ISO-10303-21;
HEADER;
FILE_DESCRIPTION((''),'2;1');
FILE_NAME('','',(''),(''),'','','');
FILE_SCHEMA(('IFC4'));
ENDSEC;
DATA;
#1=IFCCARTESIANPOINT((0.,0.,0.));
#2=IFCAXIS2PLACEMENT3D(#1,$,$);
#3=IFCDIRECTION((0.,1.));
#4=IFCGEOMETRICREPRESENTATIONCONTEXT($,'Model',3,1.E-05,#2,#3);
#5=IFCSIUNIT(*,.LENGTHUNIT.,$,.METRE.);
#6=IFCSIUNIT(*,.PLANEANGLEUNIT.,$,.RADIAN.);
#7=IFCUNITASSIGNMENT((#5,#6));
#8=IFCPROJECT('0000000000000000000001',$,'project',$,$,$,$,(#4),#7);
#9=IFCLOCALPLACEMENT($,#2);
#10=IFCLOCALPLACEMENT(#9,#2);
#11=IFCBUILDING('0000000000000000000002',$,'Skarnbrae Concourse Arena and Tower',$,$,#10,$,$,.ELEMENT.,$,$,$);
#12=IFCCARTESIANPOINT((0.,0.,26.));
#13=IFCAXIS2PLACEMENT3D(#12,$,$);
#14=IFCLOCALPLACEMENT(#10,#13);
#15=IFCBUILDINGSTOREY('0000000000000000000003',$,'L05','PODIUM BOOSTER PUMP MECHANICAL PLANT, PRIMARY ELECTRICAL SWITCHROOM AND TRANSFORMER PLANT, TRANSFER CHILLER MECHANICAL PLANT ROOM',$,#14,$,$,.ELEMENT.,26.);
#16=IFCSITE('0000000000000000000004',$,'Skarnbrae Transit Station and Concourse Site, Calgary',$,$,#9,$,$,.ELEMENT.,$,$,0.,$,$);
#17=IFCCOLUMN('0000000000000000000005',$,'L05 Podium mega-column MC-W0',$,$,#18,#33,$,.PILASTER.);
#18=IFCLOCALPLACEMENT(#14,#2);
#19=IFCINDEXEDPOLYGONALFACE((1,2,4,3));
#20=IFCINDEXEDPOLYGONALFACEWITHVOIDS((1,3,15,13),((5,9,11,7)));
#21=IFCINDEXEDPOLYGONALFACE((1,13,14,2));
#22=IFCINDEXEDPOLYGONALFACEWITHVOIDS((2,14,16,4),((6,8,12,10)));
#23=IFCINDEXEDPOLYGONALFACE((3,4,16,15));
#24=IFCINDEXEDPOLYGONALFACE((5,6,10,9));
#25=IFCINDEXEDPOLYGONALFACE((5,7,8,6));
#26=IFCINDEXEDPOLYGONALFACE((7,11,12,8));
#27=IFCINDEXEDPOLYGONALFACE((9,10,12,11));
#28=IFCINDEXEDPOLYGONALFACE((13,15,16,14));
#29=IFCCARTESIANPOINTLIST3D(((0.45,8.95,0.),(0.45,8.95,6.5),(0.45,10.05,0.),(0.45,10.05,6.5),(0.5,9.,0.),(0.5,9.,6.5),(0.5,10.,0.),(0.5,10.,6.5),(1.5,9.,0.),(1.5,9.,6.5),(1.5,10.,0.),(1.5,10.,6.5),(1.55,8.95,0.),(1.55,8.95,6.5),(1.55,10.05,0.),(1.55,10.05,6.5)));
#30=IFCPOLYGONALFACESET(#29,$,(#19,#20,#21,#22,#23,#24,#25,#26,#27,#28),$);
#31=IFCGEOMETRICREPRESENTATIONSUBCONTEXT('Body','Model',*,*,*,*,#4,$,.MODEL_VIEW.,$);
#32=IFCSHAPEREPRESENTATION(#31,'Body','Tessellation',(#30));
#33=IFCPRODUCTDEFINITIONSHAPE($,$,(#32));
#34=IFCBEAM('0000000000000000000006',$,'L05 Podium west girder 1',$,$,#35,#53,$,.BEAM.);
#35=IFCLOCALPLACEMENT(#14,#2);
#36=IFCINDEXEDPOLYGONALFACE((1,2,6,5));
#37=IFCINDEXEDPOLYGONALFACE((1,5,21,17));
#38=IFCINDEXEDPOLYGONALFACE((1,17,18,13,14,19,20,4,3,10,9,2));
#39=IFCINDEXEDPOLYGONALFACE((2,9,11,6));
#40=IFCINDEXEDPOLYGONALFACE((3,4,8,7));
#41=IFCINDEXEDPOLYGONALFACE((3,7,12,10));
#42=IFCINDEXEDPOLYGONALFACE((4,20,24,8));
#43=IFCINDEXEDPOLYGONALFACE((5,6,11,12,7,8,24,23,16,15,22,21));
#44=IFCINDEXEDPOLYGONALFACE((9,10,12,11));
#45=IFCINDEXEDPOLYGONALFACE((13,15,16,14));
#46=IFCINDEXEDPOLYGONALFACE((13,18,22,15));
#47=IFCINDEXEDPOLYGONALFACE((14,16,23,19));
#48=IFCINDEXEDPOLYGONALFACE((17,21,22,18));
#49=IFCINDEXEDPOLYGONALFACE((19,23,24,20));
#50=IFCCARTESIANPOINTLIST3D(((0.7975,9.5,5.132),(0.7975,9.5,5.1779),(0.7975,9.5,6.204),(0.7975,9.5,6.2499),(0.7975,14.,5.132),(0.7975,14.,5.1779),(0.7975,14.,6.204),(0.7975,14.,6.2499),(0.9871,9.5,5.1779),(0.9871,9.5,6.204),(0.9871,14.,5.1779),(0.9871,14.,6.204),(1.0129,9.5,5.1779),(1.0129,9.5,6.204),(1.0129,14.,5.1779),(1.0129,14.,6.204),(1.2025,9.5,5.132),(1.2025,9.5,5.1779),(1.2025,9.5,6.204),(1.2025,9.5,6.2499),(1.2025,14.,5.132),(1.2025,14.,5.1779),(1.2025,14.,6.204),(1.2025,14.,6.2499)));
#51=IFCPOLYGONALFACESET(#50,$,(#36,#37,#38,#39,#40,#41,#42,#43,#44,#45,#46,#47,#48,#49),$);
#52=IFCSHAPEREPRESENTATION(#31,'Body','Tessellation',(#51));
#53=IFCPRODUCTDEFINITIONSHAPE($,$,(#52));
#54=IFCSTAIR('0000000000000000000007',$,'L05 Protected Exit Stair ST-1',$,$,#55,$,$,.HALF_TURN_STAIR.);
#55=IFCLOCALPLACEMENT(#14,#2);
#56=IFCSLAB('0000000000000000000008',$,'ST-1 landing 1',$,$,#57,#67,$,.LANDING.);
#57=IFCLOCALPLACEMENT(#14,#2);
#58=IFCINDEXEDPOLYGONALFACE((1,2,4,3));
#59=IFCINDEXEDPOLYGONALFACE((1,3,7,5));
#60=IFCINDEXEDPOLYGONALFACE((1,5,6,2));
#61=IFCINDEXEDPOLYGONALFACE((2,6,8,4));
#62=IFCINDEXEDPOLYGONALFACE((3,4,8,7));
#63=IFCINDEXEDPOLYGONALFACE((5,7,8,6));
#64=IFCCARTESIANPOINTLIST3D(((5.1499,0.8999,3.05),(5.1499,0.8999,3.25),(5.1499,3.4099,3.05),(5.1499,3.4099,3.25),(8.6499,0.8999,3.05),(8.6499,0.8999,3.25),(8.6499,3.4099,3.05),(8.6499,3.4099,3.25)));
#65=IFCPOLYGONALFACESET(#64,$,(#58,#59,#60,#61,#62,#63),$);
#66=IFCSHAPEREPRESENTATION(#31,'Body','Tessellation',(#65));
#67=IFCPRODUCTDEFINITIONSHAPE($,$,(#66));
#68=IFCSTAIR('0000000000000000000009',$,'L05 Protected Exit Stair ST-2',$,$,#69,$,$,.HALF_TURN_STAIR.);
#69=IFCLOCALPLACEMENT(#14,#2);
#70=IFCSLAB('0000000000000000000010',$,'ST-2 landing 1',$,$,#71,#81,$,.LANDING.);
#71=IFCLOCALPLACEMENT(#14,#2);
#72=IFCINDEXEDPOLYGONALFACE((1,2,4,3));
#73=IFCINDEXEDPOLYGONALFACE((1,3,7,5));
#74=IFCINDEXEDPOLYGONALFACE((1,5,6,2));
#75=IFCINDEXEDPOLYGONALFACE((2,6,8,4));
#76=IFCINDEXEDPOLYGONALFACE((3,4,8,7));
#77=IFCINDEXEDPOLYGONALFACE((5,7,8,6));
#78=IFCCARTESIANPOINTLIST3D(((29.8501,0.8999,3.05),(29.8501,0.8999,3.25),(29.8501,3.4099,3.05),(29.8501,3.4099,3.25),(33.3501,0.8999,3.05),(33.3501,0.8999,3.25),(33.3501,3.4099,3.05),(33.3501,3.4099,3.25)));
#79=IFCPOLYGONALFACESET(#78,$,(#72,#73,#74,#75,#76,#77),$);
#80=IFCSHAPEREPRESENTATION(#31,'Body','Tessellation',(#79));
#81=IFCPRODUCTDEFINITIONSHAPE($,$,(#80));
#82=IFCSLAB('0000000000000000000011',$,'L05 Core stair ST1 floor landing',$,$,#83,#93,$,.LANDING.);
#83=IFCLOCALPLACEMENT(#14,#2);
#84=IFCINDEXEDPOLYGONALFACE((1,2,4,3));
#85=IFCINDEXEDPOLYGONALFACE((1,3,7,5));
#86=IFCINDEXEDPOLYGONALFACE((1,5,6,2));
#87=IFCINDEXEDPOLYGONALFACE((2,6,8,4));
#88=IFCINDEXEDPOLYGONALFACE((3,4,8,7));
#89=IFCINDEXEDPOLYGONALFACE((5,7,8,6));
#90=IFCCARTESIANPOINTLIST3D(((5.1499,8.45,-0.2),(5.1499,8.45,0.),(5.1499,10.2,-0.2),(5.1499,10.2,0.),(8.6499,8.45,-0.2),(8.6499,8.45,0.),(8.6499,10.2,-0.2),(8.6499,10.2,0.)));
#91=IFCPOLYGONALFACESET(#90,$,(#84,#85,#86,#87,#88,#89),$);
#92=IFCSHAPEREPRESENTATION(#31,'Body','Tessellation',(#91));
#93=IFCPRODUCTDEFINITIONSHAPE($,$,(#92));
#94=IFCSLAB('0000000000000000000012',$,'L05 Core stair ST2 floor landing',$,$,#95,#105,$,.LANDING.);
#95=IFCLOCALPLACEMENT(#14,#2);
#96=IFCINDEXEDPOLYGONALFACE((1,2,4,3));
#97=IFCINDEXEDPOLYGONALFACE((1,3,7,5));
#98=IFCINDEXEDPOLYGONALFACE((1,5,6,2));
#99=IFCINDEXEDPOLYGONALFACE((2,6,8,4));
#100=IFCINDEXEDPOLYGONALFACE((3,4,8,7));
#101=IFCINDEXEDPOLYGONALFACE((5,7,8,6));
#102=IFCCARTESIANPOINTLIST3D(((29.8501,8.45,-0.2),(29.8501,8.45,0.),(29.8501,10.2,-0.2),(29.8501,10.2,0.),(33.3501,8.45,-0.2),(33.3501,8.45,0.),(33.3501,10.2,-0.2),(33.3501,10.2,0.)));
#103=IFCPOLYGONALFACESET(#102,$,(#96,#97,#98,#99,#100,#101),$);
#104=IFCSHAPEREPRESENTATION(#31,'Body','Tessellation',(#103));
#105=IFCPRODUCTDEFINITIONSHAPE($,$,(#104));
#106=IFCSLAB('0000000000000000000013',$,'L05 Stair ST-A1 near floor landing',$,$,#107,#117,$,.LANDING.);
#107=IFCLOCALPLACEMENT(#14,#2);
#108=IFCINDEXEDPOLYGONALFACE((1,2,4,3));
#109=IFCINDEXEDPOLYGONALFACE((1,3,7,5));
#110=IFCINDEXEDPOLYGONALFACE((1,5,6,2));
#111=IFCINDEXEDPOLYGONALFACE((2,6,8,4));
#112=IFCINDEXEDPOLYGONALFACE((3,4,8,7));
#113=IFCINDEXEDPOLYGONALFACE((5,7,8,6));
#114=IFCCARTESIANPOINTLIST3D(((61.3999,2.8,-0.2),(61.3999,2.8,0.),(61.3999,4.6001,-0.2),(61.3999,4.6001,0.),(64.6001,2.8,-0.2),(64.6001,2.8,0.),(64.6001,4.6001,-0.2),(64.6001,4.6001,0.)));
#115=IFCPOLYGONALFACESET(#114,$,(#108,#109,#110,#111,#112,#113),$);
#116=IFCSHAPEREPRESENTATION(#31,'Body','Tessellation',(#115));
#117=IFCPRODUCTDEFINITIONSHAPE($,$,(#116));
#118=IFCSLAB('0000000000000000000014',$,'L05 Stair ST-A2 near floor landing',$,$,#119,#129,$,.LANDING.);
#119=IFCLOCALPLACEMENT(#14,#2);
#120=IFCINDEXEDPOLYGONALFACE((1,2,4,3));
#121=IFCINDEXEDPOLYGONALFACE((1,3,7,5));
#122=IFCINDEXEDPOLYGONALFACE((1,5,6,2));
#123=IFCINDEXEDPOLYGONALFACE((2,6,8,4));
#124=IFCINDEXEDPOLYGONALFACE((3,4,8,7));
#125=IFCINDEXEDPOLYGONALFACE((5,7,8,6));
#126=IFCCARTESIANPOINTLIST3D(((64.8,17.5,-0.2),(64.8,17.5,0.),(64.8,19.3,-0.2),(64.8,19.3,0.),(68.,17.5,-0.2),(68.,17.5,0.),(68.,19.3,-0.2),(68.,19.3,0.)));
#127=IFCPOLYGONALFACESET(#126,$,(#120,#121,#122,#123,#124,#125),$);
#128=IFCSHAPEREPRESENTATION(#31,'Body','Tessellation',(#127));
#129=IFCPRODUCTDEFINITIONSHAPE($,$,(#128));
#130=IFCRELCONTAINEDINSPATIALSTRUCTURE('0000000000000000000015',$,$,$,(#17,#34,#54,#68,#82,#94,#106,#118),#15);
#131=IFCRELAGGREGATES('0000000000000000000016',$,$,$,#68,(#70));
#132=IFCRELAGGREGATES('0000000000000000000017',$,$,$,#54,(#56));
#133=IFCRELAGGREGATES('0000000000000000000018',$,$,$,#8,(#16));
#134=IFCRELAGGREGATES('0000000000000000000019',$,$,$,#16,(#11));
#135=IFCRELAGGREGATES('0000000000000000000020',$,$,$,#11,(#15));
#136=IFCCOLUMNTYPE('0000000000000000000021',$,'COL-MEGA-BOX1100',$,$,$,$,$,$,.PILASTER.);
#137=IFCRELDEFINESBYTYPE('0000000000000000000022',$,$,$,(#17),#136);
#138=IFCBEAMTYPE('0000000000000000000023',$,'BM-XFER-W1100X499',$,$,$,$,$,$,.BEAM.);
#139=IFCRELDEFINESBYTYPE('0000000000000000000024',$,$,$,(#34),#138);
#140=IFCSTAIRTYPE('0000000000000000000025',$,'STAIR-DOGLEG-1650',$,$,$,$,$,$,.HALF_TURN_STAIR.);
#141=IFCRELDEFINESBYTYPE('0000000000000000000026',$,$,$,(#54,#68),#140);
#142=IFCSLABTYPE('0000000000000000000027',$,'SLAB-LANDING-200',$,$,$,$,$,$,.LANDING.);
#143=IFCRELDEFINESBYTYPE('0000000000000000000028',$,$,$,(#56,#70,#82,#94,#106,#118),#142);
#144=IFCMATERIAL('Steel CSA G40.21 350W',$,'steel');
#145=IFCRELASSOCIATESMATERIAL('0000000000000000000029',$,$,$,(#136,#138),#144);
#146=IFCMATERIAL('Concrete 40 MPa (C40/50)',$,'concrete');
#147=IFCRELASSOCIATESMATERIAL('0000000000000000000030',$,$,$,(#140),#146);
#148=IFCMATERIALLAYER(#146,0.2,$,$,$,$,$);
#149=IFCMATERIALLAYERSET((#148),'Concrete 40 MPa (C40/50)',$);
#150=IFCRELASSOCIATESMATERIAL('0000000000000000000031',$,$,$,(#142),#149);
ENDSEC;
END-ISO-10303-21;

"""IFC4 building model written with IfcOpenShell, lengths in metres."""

from ifc_helpers import new_model, si_unit, direction, frame, origin, origin_2d, place, context, subcontext, project, spatial, polyline, hollow_rectangle, i_section, outline, extrude, source, transform, mapped, material, layer, layer_set, material_profile, profile_set, type_object, element, aggregate, save


model = new_model("IFC4")

# Units and contexts
model_context = context("Model", 3, precision=1e-05, world=origin(), true_north=direction((0.0, 1.0)))
body_context = subcontext(model_context, "Body", "Model", "MODEL_VIEW")
ifc_project = project(units=[si_unit("LENGTHUNIT", "METRE"), si_unit("PLANEANGLEUNIT", "RADIAN")], contexts=[model_context])

# Site, building, storey
site_placement = place(None, origin())
site = spatial("IfcSite", under=ifc_project, at=site_placement, Name="Skarnbrae Transit Station and Concourse Site, Calgary", CompositionType="ELEMENT", RefElevation=0.0)
building_placement = place(site_placement, origin())
building = spatial("IfcBuilding", under=site, at=building_placement, Name="Skarnbrae Concourse Arena and Tower", CompositionType="ELEMENT")
storey_placement = place(building_placement, frame((0.0, 0.0, 26.0)))
storey = spatial("IfcBuildingStorey", under=building, at=storey_placement, Name="L05", Description="PODIUM BOOSTER PUMP MECHANICAL PLANT, PRIMARY ELECTRICAL SWITCHROOM AND TRANSFORMER PLANT, TRANSFER CHILLER MECHANICAL PLANT ROOM", CompositionType="ELEMENT", Elevation=26.0)

# Column
ifc_material_1 = material(Name="Steel CSA G40.21 350W", Category="steel")
ifc_material_profile_1 = material_profile(ifc_material_1, hollow_rectangle(XDim=1.1001, YDim=1.1001, WallThickness=0.05, at=origin_2d()), Name="BOX1100X1100X50")
ifc_profile_set_1 = profile_set([ifc_material_profile_1], Name="Steel CSA G40.21 350W")
column_type = type_object("IfcColumnType", Name="COL-MEGA-BOX1100", PredefinedType="PILASTER", material=ifc_profile_set_1)
shared_shape_1 = source(origin(), body_context, "Body", "SweptSolid", [
    extrude(hollow_rectangle(XDim=1.1001, YDim=1.1001, WallThickness=0.05, at=origin_2d()), origin(), (0.0, 0.0, 1.0), 6.5),
])
column_placement = place(storey_placement, frame((1.0, 9.5, 0.0), z_axis=(0.0, 0.0, 1.0), x_axis=(1.0, 0.0, 0.0)))
element("IfcColumn", 1, at=column_placement, inside=storey, type_object=column_type, Name="L05 Podium mega-column MC-W0", PredefinedType="PILASTER", context=body_context, shape_type="MappedRepresentation", body=[
    mapped(shared_shape_1, transform((0.0, 0.0, 0.0))),
])

# Beam
ifc_material_profile_2 = material_profile(ifc_material_1, i_section(OverallWidth=0.405, OverallDepth=1.1179, WebThickness=0.0259, FlangeThickness=0.0459, at=origin_2d()), Name="W1100X499")
ifc_profile_set_2 = profile_set([ifc_material_profile_2], Name="Steel CSA G40.21 350W")
beam_type = type_object("IfcBeamType", Name="BM-XFER-W1100X499", PredefinedType="BEAM", material=ifc_profile_set_2)
shared_shape_2 = source(origin(), body_context, "Body", "SweptSolid", [
    extrude(i_section(OverallWidth=0.405, OverallDepth=1.1179, WebThickness=0.0259, FlangeThickness=0.0459, at=origin_2d()), origin(), (0.0, 0.0, 1.0), 4.5),
])
beam_placement = place(storey_placement, frame((1.0, 9.5, 5.6909), z_axis=(0.0, 1.0, 0.0), x_axis=(-1.0, 0.0, 0.0)))
element("IfcBeam", 2, at=beam_placement, inside=storey, type_object=beam_type, Name="L05 Podium west girder 1", PredefinedType="BEAM", context=body_context, shape_type="MappedRepresentation", body=[
    mapped(shared_shape_2, transform((0.0, 0.0, 0.0))),
])

# Stairs, slabs
ifc_material_2 = material(Name="Concrete 40 MPa (C40/50)", Category="concrete")
stair_type = type_object("IfcStairType", Name="STAIR-DOGLEG-1650", PredefinedType="HALF_TURN_STAIR", material=ifc_material_2)
stair_1_placement = place(storey_placement, origin())
stair_1 = element("IfcStair", 3, at=stair_1_placement, inside=storey, type_object=stair_type, Name="L05 Protected Exit Stair ST-1", PredefinedType="HALF_TURN_STAIR")
ifc_layer_1 = layer(ifc_material_2, 0.2)
ifc_layer_set_1 = layer_set([ifc_layer_1], Name="Concrete 40 MPa (C40/50)")
slab_type_1 = type_object("IfcSlabType", Name="SLAB-LANDING-200", PredefinedType="LANDING", material=ifc_layer_set_1)
slab_1_placement = place(storey_placement, frame((0.0, 0.0, 3.05)))
slab_1 = element("IfcSlab", 4, at=slab_1_placement, type_object=slab_type_1, Name="ST-1 landing 1", PredefinedType="LANDING", context=body_context, shape_type="SweptSolid", body=[
    extrude(outline(polyline([(5.1499, 3.4099), (5.1499, 0.8999), (8.6499, 0.8999), (8.6499, 3.4099), (5.1499, 3.4099)])), origin(), (0.0, 0.0, 1.0), 0.2),
])
stair_2_placement = place(storey_placement, origin())
stair_2 = element("IfcStair", 5, at=stair_2_placement, inside=storey, type_object=stair_type, Name="L05 Protected Exit Stair ST-2", PredefinedType="HALF_TURN_STAIR")
slab_2_placement = place(storey_placement, frame((0.0, 0.0, 3.05)))
slab_2 = element("IfcSlab", 6, at=slab_2_placement, type_object=slab_type_1, Name="ST-2 landing 1", PredefinedType="LANDING", context=body_context, shape_type="SweptSolid", body=[
    extrude(outline(polyline([(29.8501, 3.4099), (29.8501, 0.8999), (33.3501, 0.8999), (33.3501, 3.4099), (29.8501, 3.4099)])), origin(), (0.0, 0.0, 1.0), 0.2),
])
aggregate(stair_2, [slab_2])

# Slabs
slab_3_placement = place(storey_placement, frame((0.0, 0.0, -0.2)))
element("IfcSlab", 7, at=slab_3_placement, inside=storey, type_object=slab_type_1, Name="L05 Core stair ST1 floor landing", PredefinedType="LANDING", context=body_context, shape_type="SweptSolid", body=[
    extrude(outline(polyline([(5.1499, 10.2), (5.1499, 8.45), (8.6499, 8.45), (8.6499, 10.2), (5.1499, 10.2)])), origin(), (0.0, 0.0, 1.0), 0.2),
])
slab_4_placement = place(storey_placement, frame((0.0, 0.0, -0.2)))
element("IfcSlab", 8, at=slab_4_placement, inside=storey, type_object=slab_type_1, Name="L05 Core stair ST2 floor landing", PredefinedType="LANDING", context=body_context, shape_type="SweptSolid", body=[
    extrude(outline(polyline([(29.8501, 10.2), (29.8501, 8.45), (33.3501, 8.45), (33.3501, 10.2), (29.8501, 10.2)])), origin(), (0.0, 0.0, 1.0), 0.2),
])
slab_5_placement = place(storey_placement, frame((0.0, 0.0, -0.2)))
element("IfcSlab", 9, at=slab_5_placement, inside=storey, type_object=slab_type_1, Name="L05 Stair ST-A1 near floor landing", PredefinedType="LANDING", context=body_context, shape_type="SweptSolid", body=[
    extrude(outline(polyline([(64.6001, 2.8), (64.6001, 4.6001), (61.3999, 4.6001), (61.3999, 2.8), (64.6001, 2.8)])), origin(), (0.0, 0.0, 1.0), 0.2),
])
slab_6_placement = place(storey_placement, frame((0.0, 0.0, -0.2)))
element("IfcSlab", 10, at=slab_6_placement, inside=storey, type_object=slab_type_1, Name="L05 Stair ST-A2 near floor landing", PredefinedType="LANDING", context=body_context, shape_type="SweptSolid", body=[
    extrude(outline(polyline([(68.0, 17.5), (68.0, 19.3), (64.8, 19.3), (64.8, 17.5), (68.0, 17.5)])), origin(), (0.0, 0.0, 1.0), 0.2),
])

aggregate(stair_1, [slab_1])

save(model, "model.ifc")
